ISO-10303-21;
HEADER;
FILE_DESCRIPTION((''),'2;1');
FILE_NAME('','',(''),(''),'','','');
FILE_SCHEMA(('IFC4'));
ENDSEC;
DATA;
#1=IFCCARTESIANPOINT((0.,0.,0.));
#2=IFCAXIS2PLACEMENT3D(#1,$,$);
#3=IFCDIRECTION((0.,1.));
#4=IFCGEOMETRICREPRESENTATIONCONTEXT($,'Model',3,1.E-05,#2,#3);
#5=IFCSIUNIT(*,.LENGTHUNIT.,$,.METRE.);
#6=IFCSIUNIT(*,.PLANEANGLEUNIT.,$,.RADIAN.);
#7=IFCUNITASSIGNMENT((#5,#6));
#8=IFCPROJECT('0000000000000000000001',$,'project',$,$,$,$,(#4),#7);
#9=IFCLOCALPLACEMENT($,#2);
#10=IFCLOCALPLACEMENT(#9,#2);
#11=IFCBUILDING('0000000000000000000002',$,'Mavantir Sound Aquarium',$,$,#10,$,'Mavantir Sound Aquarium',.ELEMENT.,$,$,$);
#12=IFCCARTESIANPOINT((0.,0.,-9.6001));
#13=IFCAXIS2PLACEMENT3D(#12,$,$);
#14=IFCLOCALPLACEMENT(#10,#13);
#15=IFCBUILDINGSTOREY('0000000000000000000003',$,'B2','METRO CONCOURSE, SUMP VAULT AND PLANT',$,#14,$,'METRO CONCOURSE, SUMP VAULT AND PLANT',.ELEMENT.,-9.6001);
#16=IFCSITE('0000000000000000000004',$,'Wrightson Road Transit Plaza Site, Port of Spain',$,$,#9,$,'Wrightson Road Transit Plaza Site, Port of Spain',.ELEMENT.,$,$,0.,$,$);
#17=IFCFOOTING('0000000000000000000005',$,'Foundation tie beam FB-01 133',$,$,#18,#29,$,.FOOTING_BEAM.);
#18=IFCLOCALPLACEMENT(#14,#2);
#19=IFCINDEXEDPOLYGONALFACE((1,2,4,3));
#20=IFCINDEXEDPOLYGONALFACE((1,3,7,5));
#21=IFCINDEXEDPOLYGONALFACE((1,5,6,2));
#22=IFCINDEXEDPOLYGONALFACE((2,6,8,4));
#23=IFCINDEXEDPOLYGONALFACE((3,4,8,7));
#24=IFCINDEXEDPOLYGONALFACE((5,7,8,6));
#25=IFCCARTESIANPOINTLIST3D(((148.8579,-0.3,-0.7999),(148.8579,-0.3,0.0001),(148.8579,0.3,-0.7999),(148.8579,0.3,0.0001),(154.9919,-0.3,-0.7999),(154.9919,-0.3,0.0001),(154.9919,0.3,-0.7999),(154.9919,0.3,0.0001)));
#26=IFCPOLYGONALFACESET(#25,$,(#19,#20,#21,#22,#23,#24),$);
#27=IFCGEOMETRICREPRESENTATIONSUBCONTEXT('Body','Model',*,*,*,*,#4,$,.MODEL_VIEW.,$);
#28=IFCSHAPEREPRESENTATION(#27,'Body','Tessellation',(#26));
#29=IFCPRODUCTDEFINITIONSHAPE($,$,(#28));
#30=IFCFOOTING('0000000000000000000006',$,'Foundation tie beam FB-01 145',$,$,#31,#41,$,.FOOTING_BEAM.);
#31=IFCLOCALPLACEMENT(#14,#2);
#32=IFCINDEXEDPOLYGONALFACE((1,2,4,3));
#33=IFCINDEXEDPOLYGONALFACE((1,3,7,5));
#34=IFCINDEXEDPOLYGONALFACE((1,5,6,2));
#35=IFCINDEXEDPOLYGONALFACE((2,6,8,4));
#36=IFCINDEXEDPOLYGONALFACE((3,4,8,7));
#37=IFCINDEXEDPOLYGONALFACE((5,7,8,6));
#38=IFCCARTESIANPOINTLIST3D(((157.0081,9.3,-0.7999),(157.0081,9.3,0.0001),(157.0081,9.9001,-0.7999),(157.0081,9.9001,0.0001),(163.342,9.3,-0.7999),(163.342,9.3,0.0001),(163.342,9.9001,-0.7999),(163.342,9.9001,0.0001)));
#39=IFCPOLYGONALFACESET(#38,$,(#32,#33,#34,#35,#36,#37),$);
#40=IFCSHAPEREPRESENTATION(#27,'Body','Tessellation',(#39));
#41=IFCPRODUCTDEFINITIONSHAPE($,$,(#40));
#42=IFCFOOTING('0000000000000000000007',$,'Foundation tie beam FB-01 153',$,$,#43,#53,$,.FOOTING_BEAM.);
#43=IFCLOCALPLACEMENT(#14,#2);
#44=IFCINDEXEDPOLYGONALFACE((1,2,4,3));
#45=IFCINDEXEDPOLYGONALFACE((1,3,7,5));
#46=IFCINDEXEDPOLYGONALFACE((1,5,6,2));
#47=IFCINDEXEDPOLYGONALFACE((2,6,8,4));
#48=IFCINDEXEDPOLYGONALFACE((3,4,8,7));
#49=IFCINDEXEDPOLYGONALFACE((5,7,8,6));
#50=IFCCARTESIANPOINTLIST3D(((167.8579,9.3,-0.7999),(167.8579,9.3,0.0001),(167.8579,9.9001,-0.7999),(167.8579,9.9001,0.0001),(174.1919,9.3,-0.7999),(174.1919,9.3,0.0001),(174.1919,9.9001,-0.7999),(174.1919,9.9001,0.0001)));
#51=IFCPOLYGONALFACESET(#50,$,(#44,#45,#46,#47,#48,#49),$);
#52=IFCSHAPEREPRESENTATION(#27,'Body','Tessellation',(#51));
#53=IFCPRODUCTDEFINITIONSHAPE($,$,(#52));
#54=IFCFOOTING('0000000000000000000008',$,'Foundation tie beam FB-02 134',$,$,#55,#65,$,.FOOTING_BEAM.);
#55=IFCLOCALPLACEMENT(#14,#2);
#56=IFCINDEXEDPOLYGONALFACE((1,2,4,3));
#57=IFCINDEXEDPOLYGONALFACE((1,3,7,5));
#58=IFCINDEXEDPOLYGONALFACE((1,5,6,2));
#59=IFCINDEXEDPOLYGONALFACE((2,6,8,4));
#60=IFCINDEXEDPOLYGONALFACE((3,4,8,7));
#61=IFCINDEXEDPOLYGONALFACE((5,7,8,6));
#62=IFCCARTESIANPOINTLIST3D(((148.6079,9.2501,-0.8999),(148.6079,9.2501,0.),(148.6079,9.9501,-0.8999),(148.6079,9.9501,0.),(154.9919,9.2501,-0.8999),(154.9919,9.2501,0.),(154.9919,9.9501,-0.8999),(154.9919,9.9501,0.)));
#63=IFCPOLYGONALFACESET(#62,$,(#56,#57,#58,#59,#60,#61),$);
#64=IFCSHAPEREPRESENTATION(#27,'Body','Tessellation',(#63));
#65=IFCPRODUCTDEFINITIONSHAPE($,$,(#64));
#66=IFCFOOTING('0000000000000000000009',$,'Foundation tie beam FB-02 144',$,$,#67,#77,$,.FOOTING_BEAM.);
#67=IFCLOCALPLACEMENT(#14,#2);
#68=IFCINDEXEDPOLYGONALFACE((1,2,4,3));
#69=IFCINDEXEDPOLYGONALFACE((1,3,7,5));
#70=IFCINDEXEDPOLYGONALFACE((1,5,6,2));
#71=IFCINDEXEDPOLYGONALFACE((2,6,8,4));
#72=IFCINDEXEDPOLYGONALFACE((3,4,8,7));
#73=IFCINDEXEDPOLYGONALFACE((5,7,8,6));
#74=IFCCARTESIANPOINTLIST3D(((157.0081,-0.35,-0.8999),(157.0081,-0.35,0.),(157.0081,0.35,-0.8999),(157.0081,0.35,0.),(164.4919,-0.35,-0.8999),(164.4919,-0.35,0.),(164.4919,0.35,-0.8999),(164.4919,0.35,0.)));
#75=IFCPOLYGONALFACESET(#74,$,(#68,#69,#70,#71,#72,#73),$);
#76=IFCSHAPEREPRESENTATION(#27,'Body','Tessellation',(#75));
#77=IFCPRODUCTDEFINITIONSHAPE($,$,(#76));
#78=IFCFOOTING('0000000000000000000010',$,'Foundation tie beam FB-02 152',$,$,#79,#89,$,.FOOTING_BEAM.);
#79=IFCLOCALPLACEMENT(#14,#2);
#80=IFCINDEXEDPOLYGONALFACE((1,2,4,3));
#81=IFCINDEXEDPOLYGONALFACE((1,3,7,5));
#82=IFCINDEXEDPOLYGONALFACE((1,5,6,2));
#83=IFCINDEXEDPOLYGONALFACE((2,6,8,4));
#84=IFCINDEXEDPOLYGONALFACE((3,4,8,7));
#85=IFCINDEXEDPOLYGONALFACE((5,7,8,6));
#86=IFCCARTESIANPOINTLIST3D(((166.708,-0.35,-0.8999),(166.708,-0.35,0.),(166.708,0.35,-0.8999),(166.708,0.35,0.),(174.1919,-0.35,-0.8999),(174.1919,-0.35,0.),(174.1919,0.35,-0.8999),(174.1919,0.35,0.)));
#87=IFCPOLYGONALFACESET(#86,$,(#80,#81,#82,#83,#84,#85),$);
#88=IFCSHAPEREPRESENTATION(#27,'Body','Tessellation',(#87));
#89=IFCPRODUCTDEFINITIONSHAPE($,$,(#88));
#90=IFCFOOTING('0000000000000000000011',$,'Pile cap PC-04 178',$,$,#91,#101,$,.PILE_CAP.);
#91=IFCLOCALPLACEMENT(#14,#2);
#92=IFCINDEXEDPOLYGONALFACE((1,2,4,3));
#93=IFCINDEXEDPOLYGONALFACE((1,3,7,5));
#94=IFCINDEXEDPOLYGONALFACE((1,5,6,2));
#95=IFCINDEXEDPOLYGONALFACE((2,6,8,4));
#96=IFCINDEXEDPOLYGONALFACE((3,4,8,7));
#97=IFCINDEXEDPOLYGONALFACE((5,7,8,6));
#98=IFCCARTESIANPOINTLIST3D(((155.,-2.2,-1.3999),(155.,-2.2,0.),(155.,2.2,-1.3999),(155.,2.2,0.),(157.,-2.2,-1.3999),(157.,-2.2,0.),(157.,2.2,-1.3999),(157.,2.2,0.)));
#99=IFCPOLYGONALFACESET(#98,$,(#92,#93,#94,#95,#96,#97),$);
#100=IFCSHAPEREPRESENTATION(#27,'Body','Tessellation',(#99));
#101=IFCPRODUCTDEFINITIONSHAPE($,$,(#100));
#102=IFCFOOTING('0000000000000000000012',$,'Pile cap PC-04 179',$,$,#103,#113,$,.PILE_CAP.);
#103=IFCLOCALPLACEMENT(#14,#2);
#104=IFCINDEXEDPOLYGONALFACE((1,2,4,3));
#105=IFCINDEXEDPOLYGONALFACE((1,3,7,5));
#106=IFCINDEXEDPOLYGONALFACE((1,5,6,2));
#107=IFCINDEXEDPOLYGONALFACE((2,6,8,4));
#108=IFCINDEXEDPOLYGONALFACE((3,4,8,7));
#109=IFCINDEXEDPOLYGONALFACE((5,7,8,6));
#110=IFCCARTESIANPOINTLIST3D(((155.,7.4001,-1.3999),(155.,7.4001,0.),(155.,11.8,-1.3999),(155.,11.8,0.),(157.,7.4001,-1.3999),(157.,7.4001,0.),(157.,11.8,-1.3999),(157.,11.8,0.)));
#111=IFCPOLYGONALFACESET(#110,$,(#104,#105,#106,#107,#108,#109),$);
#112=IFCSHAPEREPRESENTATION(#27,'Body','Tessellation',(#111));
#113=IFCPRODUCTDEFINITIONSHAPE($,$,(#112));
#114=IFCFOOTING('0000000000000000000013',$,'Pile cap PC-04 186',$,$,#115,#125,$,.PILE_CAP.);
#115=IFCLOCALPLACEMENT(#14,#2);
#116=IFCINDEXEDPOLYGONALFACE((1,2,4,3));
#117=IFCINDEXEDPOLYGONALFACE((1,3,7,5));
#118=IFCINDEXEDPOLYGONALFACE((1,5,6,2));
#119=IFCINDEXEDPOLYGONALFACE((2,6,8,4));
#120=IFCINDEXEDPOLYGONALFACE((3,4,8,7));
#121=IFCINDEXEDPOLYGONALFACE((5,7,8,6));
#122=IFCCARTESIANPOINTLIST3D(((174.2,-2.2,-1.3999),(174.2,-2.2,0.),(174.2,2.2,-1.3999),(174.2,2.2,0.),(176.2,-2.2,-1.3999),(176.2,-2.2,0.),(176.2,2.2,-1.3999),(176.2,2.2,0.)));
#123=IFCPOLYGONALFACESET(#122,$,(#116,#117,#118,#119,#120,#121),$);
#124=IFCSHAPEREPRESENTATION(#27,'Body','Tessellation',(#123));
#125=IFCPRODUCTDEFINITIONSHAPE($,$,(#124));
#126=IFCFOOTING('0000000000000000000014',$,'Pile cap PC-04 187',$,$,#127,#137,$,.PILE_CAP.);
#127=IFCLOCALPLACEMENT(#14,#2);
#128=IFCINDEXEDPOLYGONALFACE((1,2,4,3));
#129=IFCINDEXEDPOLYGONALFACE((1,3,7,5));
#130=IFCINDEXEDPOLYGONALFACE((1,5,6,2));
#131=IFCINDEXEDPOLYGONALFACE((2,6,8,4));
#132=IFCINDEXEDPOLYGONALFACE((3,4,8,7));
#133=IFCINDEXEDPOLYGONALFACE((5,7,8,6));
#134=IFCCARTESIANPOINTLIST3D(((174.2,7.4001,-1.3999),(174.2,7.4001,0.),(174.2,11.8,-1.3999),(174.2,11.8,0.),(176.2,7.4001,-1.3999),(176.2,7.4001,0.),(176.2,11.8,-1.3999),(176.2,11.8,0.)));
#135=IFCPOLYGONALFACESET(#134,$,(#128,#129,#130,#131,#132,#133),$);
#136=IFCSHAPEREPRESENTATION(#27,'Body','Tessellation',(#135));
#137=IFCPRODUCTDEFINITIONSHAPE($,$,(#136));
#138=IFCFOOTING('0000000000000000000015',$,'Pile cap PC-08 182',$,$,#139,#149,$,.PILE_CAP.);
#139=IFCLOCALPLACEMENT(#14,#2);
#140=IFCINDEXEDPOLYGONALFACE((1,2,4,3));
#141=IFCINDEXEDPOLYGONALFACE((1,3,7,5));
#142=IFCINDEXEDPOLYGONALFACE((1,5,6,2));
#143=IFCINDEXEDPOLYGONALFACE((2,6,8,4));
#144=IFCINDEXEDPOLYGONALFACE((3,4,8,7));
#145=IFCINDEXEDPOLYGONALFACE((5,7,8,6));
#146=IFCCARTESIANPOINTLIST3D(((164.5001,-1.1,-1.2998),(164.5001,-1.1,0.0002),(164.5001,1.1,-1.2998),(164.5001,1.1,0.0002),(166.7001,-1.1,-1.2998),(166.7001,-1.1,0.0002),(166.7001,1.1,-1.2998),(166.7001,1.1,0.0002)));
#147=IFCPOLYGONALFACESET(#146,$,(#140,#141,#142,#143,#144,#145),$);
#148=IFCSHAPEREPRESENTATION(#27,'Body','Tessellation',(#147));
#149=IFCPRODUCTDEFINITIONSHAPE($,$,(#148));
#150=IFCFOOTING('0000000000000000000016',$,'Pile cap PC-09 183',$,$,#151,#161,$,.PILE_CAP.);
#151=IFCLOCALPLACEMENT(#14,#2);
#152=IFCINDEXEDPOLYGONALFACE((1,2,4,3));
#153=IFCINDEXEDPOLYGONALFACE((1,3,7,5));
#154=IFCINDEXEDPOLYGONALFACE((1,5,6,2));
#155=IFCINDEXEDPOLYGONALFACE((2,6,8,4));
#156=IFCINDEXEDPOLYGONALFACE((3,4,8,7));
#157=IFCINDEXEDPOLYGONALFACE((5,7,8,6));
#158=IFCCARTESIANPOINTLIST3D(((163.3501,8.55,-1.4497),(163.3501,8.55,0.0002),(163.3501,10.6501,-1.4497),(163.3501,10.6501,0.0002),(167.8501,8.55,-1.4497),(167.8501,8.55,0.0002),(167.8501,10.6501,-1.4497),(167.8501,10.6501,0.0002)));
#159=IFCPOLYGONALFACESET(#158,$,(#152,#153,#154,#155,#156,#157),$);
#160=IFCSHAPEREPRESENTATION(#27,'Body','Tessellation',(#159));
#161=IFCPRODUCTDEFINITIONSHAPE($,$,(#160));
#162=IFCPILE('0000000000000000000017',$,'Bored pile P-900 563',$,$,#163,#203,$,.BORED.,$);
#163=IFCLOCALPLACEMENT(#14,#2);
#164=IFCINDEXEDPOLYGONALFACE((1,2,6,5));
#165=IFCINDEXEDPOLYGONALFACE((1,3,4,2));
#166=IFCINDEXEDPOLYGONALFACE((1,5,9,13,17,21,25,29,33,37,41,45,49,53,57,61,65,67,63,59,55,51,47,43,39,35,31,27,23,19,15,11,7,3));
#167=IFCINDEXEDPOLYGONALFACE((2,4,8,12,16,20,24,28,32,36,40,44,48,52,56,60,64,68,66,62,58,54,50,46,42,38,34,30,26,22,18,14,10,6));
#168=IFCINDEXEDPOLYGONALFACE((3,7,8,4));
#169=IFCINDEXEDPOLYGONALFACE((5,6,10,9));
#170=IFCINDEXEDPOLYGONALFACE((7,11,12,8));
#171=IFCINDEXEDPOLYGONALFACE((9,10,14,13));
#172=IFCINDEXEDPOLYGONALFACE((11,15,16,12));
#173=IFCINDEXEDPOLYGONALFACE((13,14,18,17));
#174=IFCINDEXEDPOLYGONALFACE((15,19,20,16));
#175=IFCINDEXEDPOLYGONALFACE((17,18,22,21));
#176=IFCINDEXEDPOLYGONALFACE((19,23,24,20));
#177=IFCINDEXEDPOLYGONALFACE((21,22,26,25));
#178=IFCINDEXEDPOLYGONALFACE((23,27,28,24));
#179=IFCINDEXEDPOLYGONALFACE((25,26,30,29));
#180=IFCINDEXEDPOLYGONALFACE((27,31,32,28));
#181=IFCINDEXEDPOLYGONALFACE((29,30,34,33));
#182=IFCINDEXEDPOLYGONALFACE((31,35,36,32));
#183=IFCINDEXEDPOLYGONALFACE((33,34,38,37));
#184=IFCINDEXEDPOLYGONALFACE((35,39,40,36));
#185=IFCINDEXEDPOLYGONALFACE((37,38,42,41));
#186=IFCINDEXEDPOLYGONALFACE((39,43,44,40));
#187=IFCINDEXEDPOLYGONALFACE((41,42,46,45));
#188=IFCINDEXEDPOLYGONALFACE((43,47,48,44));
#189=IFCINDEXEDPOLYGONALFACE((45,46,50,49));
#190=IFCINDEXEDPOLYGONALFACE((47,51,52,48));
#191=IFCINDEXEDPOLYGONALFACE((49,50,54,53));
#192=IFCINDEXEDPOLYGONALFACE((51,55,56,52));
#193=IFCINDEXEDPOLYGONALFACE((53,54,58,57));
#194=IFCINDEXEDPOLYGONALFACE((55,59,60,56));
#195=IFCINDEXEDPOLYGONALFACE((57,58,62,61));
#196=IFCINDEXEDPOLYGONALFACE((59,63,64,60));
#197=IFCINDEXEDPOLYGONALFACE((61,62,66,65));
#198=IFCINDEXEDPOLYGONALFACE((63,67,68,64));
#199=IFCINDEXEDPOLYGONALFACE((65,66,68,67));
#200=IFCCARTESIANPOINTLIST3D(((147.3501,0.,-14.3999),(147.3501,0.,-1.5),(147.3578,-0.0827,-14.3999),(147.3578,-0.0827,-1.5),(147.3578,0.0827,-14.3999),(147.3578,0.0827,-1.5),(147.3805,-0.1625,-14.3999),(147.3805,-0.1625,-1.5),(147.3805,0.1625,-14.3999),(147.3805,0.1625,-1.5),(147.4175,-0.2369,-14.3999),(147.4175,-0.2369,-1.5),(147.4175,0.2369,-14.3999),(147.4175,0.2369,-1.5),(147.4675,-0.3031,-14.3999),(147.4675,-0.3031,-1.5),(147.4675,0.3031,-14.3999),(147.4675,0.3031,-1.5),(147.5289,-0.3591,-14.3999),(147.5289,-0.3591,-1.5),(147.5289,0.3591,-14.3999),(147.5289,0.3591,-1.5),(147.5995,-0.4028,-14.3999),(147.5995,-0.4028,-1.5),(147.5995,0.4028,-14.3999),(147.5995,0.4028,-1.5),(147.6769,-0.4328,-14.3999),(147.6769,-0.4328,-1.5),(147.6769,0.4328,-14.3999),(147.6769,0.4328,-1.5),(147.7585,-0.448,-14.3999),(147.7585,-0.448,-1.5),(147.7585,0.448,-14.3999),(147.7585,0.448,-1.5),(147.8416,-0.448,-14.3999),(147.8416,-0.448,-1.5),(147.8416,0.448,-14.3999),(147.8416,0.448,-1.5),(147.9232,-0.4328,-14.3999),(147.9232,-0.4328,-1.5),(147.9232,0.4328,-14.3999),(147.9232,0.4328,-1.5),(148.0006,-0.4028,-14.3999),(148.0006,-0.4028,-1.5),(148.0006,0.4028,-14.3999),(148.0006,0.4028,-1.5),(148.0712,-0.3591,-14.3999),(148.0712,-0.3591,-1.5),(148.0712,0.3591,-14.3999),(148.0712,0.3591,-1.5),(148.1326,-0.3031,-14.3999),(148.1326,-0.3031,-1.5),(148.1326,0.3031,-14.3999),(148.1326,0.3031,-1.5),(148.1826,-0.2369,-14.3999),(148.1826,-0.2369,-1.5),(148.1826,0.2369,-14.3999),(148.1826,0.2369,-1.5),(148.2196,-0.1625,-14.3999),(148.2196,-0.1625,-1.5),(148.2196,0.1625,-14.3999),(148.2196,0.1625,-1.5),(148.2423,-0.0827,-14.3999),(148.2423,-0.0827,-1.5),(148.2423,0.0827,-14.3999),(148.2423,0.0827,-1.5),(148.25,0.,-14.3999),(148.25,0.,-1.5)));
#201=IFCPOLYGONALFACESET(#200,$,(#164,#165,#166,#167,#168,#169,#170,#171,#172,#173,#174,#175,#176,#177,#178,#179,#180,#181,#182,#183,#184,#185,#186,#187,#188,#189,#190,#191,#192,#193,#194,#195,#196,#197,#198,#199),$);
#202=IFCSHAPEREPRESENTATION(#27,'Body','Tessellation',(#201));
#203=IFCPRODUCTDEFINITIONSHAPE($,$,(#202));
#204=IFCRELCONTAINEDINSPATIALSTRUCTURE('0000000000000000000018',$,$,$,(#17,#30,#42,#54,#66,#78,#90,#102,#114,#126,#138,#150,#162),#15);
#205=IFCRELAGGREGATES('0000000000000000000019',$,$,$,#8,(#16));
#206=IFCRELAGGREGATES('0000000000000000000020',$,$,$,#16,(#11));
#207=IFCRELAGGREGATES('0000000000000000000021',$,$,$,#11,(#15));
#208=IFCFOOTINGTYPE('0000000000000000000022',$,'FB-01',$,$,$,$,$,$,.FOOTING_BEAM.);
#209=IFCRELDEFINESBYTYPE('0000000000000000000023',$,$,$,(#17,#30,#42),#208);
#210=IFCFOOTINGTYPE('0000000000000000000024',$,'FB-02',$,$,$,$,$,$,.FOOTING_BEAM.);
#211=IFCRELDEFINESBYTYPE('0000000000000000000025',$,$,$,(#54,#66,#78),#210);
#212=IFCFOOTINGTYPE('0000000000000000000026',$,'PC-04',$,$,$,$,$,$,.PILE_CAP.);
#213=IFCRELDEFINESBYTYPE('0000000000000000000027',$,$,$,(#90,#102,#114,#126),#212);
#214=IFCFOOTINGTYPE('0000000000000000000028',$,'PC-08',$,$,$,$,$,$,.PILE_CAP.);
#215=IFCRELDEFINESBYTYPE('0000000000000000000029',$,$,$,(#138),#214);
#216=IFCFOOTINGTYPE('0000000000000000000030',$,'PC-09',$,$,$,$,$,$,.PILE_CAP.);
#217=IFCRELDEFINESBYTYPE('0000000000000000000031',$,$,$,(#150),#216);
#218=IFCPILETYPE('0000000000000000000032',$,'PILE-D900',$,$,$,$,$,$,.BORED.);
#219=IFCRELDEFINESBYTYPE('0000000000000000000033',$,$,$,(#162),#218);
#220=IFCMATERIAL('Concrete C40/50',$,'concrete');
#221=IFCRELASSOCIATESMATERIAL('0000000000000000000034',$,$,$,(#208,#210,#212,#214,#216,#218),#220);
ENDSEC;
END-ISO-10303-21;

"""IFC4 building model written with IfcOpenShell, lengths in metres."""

from ifc_helpers import new_model, si_unit, direction, frame, origin, origin_2d, place, context, subcontext, project, spatial, rectangle, circle, extrude, material, material_profile, profile_set, type_object, element, save


model = new_model("IFC4")

# Units and contexts
model_context = context("Model", 3, precision=1e-05, world=origin(), true_north=direction((0.0, 1.0)))
body_context = subcontext(model_context, "Body", "Model", "MODEL_VIEW")
ifc_project = project(units=[si_unit("LENGTHUNIT", "METRE"), si_unit("PLANEANGLEUNIT", "RADIAN")], contexts=[model_context])

# Site, building, storey
site_placement = place(None, origin())
site = spatial("IfcSite", under=ifc_project, at=site_placement, Name="Wrightson Road Transit Plaza Site, Port of Spain", LongName="Wrightson Road Transit Plaza Site, Port of Spain", CompositionType="ELEMENT", RefElevation=0.0)
building_placement = place(site_placement, origin())
building = spatial("IfcBuilding", under=site, at=building_placement, Name="Mavantir Sound Aquarium", LongName="Mavantir Sound Aquarium", CompositionType="ELEMENT")
storey_placement = place(building_placement, frame((0.0, 0.0, -9.6001)))
storey = spatial("IfcBuildingStorey", under=building, at=storey_placement, Name="B2", Description="METRO CONCOURSE, SUMP VAULT AND PLANT", LongName="METRO CONCOURSE, SUMP VAULT AND PLANT", CompositionType="ELEMENT", Elevation=-9.6001)

# Footings
ifc_material_1 = material(Name="Concrete C40/50", Category="concrete")
ifc_material_profile_1 = material_profile(ifc_material_1, rectangle(XDim=0.6001, YDim=0.8, at=origin_2d()), Name="RC 600X800")
ifc_profile_set_1 = profile_set([ifc_material_profile_1], Name="Concrete C40/50")
footing_type_1 = type_object("IfcFootingType", Name="FB-01", PredefinedType="FOOTING_BEAM", material=ifc_profile_set_1)
footing_1_placement = place(storey_placement, frame((148.8579, 0.0, -0.3999), z_axis=(1.0, 0.0, 0.0), x_axis=(0.0, 1.0, 0.0)))
element("IfcFooting", 1, at=footing_1_placement, inside=storey, type_object=footing_type_1, Name="Foundation tie beam FB-01 133", PredefinedType="FOOTING_BEAM", context=body_context, shape_type="SweptSolid", body=[
    extrude(rectangle(XDim=0.6001, YDim=0.8, at=origin_2d()), origin(), (0.0, 0.0, 1.0), 6.134),
])
for number, where, z_axis, x_axis, name in (
    (2, (157.0081, 9.6001, -0.3999), (1.0, 0.0, 0.0), (0.0, 1.0, 0.0), "Foundation tie beam FB-01 145"),
    (3, (167.8579, 9.6001, -0.3999), (1.0, 0.0, 0.0), (0.0, 1.0, 0.0), "Foundation tie beam FB-01 153"),
):
    element("IfcFooting", number, at=place(storey_placement, frame(where, z_axis=z_axis, x_axis=x_axis)), inside=storey, type_object=footing_type_1, Name=name, PredefinedType="FOOTING_BEAM", context=body_context, shape_type="SweptSolid", body=[
        extrude(rectangle(XDim=0.6001, YDim=0.8, at=origin_2d()), origin(), (0.0, 0.0, 1.0), 6.334),
    ])
ifc_material_profile_2 = material_profile(ifc_material_1, rectangle(XDim=0.7, YDim=0.8999, at=origin_2d()), Name="RC 700X900")
ifc_profile_set_2 = profile_set([ifc_material_profile_2], Name="Concrete C40/50")
footing_type_2 = type_object("IfcFootingType", Name="FB-02", PredefinedType="FOOTING_BEAM", material=ifc_profile_set_2)
footing_2_placement = place(storey_placement, frame((148.6079, 9.6001, -0.45), z_axis=(1.0, 0.0, 0.0), x_axis=(0.0, 1.0, 0.0)))
element("IfcFooting", 4, at=footing_2_placement, inside=storey, type_object=footing_type_2, Name="Foundation tie beam FB-02 134", PredefinedType="FOOTING_BEAM", context=body_context, shape_type="SweptSolid", body=[
    extrude(rectangle(XDim=0.7, YDim=0.8999, at=origin_2d()), origin(), (0.0, 0.0, 1.0), 6.384),
])
for number, where, z_axis, x_axis, name in (
    (5, (157.0081, 0.0, -0.45), (1.0, 0.0, 0.0), (0.0, 1.0, 0.0), "Foundation tie beam FB-02 144"),
    (6, (166.708, 0.0, -0.45), (1.0, 0.0, 0.0), (0.0, 1.0, 0.0), "Foundation tie beam FB-02 152"),
):
    element("IfcFooting", number, at=place(storey_placement, frame(where, z_axis=z_axis, x_axis=x_axis)), inside=storey, type_object=footing_type_2, Name=name, PredefinedType="FOOTING_BEAM", context=body_context, shape_type="SweptSolid", body=[
        extrude(rectangle(XDim=0.7, YDim=0.8999, at=origin_2d()), origin(), (0.0, 0.0, 1.0), 7.4839),
    ])
footing_type_3 = type_object("IfcFootingType", Name="PC-04", PredefinedType="PILE_CAP", material=ifc_material_1)
for number, where, z_axis, x_axis, name in (
    (7, (156.0, 0.0, -1.3999), (0.0, 0.0, 1.0), (1.0, 0.0, 0.0), "Pile cap PC-04 178"),
    (8, (156.0, 9.6001, -1.3999), (0.0, 0.0, 1.0), (1.0, 0.0, 0.0), "Pile cap PC-04 179"),
    (9, (175.2, 0.0, -1.3999), (0.0, 0.0, 1.0), (1.0, 0.0, 0.0), "Pile cap PC-04 186"),
    (10, (175.2, 9.6001, -1.3999), (0.0, 0.0, 1.0), (1.0, 0.0, 0.0), "Pile cap PC-04 187"),
):
    element("IfcFooting", number, at=place(storey_placement, frame(where, z_axis=z_axis, x_axis=x_axis)), inside=storey, type_object=footing_type_3, Name=name, PredefinedType="PILE_CAP", context=body_context, shape_type="SweptSolid", body=[
        extrude(rectangle(XDim=2.0, YDim=4.3999, at=origin_2d()), origin(), (0.0, 0.0, 1.0), 1.3999),
    ])
footing_type_4 = type_object("IfcFootingType", Name="PC-08", PredefinedType="PILE_CAP", material=ifc_material_1)
footing_3_placement = place(storey_placement, frame((165.6001, 0.0, -1.2998), z_axis=(0.0, 0.0, 1.0), x_axis=(1.0, 0.0, 0.0)))
element("IfcFooting", 11, at=footing_3_placement, inside=storey, type_object=footing_type_4, Name="Pile cap PC-08 182", PredefinedType="PILE_CAP", context=body_context, shape_type="SweptSolid", body=[
    extrude(rectangle(XDim=2.2, YDim=2.2, at=origin_2d()), origin(), (0.0, 0.0, 1.0), 1.3),
])
footing_type_5 = type_object("IfcFootingType", Name="PC-09", PredefinedType="PILE_CAP", material=ifc_material_1)
footing_4_placement = place(storey_placement, frame((165.6001, 9.6001, -1.4497), z_axis=(0.0, 0.0, 1.0), x_axis=(1.0, 0.0, 0.0)))
element("IfcFooting", 12, at=footing_4_placement, inside=storey, type_object=footing_type_5, Name="Pile cap PC-09 183", PredefinedType="PILE_CAP", context=body_context, shape_type="SweptSolid", body=[
    extrude(rectangle(XDim=4.5, YDim=2.1001, at=origin_2d()), origin(), (0.0, 0.0, 1.0), 1.45),
])

# Pile
ifc_material_profile_3 = material_profile(ifc_material_1, circle(Radius=0.45, at=origin_2d()), Name="PILE D900")
ifc_profile_set_3 = profile_set([ifc_material_profile_3], Name="Concrete C40/50")
pile_type = type_object("IfcPileType", Name="PILE-D900", PredefinedType="BORED", material=ifc_profile_set_3)
pile_1_placement = place(storey_placement, frame((147.8, 0.0, -1.5), z_axis=(0.0, 0.0, -1.0), x_axis=(1.0, 0.0, 0.0)))
element("IfcPile", 13, at=pile_1_placement, inside=storey, type_object=pile_type, Name="Bored pile P-900 563", PredefinedType="BORED", context=body_context, shape_type="SweptSolid", body=[
    extrude(circle(Radius=0.45, at=origin_2d()), origin(), (0.0, 0.0, 1.0), 12.8999),
])

save(model, "model.ifc")
